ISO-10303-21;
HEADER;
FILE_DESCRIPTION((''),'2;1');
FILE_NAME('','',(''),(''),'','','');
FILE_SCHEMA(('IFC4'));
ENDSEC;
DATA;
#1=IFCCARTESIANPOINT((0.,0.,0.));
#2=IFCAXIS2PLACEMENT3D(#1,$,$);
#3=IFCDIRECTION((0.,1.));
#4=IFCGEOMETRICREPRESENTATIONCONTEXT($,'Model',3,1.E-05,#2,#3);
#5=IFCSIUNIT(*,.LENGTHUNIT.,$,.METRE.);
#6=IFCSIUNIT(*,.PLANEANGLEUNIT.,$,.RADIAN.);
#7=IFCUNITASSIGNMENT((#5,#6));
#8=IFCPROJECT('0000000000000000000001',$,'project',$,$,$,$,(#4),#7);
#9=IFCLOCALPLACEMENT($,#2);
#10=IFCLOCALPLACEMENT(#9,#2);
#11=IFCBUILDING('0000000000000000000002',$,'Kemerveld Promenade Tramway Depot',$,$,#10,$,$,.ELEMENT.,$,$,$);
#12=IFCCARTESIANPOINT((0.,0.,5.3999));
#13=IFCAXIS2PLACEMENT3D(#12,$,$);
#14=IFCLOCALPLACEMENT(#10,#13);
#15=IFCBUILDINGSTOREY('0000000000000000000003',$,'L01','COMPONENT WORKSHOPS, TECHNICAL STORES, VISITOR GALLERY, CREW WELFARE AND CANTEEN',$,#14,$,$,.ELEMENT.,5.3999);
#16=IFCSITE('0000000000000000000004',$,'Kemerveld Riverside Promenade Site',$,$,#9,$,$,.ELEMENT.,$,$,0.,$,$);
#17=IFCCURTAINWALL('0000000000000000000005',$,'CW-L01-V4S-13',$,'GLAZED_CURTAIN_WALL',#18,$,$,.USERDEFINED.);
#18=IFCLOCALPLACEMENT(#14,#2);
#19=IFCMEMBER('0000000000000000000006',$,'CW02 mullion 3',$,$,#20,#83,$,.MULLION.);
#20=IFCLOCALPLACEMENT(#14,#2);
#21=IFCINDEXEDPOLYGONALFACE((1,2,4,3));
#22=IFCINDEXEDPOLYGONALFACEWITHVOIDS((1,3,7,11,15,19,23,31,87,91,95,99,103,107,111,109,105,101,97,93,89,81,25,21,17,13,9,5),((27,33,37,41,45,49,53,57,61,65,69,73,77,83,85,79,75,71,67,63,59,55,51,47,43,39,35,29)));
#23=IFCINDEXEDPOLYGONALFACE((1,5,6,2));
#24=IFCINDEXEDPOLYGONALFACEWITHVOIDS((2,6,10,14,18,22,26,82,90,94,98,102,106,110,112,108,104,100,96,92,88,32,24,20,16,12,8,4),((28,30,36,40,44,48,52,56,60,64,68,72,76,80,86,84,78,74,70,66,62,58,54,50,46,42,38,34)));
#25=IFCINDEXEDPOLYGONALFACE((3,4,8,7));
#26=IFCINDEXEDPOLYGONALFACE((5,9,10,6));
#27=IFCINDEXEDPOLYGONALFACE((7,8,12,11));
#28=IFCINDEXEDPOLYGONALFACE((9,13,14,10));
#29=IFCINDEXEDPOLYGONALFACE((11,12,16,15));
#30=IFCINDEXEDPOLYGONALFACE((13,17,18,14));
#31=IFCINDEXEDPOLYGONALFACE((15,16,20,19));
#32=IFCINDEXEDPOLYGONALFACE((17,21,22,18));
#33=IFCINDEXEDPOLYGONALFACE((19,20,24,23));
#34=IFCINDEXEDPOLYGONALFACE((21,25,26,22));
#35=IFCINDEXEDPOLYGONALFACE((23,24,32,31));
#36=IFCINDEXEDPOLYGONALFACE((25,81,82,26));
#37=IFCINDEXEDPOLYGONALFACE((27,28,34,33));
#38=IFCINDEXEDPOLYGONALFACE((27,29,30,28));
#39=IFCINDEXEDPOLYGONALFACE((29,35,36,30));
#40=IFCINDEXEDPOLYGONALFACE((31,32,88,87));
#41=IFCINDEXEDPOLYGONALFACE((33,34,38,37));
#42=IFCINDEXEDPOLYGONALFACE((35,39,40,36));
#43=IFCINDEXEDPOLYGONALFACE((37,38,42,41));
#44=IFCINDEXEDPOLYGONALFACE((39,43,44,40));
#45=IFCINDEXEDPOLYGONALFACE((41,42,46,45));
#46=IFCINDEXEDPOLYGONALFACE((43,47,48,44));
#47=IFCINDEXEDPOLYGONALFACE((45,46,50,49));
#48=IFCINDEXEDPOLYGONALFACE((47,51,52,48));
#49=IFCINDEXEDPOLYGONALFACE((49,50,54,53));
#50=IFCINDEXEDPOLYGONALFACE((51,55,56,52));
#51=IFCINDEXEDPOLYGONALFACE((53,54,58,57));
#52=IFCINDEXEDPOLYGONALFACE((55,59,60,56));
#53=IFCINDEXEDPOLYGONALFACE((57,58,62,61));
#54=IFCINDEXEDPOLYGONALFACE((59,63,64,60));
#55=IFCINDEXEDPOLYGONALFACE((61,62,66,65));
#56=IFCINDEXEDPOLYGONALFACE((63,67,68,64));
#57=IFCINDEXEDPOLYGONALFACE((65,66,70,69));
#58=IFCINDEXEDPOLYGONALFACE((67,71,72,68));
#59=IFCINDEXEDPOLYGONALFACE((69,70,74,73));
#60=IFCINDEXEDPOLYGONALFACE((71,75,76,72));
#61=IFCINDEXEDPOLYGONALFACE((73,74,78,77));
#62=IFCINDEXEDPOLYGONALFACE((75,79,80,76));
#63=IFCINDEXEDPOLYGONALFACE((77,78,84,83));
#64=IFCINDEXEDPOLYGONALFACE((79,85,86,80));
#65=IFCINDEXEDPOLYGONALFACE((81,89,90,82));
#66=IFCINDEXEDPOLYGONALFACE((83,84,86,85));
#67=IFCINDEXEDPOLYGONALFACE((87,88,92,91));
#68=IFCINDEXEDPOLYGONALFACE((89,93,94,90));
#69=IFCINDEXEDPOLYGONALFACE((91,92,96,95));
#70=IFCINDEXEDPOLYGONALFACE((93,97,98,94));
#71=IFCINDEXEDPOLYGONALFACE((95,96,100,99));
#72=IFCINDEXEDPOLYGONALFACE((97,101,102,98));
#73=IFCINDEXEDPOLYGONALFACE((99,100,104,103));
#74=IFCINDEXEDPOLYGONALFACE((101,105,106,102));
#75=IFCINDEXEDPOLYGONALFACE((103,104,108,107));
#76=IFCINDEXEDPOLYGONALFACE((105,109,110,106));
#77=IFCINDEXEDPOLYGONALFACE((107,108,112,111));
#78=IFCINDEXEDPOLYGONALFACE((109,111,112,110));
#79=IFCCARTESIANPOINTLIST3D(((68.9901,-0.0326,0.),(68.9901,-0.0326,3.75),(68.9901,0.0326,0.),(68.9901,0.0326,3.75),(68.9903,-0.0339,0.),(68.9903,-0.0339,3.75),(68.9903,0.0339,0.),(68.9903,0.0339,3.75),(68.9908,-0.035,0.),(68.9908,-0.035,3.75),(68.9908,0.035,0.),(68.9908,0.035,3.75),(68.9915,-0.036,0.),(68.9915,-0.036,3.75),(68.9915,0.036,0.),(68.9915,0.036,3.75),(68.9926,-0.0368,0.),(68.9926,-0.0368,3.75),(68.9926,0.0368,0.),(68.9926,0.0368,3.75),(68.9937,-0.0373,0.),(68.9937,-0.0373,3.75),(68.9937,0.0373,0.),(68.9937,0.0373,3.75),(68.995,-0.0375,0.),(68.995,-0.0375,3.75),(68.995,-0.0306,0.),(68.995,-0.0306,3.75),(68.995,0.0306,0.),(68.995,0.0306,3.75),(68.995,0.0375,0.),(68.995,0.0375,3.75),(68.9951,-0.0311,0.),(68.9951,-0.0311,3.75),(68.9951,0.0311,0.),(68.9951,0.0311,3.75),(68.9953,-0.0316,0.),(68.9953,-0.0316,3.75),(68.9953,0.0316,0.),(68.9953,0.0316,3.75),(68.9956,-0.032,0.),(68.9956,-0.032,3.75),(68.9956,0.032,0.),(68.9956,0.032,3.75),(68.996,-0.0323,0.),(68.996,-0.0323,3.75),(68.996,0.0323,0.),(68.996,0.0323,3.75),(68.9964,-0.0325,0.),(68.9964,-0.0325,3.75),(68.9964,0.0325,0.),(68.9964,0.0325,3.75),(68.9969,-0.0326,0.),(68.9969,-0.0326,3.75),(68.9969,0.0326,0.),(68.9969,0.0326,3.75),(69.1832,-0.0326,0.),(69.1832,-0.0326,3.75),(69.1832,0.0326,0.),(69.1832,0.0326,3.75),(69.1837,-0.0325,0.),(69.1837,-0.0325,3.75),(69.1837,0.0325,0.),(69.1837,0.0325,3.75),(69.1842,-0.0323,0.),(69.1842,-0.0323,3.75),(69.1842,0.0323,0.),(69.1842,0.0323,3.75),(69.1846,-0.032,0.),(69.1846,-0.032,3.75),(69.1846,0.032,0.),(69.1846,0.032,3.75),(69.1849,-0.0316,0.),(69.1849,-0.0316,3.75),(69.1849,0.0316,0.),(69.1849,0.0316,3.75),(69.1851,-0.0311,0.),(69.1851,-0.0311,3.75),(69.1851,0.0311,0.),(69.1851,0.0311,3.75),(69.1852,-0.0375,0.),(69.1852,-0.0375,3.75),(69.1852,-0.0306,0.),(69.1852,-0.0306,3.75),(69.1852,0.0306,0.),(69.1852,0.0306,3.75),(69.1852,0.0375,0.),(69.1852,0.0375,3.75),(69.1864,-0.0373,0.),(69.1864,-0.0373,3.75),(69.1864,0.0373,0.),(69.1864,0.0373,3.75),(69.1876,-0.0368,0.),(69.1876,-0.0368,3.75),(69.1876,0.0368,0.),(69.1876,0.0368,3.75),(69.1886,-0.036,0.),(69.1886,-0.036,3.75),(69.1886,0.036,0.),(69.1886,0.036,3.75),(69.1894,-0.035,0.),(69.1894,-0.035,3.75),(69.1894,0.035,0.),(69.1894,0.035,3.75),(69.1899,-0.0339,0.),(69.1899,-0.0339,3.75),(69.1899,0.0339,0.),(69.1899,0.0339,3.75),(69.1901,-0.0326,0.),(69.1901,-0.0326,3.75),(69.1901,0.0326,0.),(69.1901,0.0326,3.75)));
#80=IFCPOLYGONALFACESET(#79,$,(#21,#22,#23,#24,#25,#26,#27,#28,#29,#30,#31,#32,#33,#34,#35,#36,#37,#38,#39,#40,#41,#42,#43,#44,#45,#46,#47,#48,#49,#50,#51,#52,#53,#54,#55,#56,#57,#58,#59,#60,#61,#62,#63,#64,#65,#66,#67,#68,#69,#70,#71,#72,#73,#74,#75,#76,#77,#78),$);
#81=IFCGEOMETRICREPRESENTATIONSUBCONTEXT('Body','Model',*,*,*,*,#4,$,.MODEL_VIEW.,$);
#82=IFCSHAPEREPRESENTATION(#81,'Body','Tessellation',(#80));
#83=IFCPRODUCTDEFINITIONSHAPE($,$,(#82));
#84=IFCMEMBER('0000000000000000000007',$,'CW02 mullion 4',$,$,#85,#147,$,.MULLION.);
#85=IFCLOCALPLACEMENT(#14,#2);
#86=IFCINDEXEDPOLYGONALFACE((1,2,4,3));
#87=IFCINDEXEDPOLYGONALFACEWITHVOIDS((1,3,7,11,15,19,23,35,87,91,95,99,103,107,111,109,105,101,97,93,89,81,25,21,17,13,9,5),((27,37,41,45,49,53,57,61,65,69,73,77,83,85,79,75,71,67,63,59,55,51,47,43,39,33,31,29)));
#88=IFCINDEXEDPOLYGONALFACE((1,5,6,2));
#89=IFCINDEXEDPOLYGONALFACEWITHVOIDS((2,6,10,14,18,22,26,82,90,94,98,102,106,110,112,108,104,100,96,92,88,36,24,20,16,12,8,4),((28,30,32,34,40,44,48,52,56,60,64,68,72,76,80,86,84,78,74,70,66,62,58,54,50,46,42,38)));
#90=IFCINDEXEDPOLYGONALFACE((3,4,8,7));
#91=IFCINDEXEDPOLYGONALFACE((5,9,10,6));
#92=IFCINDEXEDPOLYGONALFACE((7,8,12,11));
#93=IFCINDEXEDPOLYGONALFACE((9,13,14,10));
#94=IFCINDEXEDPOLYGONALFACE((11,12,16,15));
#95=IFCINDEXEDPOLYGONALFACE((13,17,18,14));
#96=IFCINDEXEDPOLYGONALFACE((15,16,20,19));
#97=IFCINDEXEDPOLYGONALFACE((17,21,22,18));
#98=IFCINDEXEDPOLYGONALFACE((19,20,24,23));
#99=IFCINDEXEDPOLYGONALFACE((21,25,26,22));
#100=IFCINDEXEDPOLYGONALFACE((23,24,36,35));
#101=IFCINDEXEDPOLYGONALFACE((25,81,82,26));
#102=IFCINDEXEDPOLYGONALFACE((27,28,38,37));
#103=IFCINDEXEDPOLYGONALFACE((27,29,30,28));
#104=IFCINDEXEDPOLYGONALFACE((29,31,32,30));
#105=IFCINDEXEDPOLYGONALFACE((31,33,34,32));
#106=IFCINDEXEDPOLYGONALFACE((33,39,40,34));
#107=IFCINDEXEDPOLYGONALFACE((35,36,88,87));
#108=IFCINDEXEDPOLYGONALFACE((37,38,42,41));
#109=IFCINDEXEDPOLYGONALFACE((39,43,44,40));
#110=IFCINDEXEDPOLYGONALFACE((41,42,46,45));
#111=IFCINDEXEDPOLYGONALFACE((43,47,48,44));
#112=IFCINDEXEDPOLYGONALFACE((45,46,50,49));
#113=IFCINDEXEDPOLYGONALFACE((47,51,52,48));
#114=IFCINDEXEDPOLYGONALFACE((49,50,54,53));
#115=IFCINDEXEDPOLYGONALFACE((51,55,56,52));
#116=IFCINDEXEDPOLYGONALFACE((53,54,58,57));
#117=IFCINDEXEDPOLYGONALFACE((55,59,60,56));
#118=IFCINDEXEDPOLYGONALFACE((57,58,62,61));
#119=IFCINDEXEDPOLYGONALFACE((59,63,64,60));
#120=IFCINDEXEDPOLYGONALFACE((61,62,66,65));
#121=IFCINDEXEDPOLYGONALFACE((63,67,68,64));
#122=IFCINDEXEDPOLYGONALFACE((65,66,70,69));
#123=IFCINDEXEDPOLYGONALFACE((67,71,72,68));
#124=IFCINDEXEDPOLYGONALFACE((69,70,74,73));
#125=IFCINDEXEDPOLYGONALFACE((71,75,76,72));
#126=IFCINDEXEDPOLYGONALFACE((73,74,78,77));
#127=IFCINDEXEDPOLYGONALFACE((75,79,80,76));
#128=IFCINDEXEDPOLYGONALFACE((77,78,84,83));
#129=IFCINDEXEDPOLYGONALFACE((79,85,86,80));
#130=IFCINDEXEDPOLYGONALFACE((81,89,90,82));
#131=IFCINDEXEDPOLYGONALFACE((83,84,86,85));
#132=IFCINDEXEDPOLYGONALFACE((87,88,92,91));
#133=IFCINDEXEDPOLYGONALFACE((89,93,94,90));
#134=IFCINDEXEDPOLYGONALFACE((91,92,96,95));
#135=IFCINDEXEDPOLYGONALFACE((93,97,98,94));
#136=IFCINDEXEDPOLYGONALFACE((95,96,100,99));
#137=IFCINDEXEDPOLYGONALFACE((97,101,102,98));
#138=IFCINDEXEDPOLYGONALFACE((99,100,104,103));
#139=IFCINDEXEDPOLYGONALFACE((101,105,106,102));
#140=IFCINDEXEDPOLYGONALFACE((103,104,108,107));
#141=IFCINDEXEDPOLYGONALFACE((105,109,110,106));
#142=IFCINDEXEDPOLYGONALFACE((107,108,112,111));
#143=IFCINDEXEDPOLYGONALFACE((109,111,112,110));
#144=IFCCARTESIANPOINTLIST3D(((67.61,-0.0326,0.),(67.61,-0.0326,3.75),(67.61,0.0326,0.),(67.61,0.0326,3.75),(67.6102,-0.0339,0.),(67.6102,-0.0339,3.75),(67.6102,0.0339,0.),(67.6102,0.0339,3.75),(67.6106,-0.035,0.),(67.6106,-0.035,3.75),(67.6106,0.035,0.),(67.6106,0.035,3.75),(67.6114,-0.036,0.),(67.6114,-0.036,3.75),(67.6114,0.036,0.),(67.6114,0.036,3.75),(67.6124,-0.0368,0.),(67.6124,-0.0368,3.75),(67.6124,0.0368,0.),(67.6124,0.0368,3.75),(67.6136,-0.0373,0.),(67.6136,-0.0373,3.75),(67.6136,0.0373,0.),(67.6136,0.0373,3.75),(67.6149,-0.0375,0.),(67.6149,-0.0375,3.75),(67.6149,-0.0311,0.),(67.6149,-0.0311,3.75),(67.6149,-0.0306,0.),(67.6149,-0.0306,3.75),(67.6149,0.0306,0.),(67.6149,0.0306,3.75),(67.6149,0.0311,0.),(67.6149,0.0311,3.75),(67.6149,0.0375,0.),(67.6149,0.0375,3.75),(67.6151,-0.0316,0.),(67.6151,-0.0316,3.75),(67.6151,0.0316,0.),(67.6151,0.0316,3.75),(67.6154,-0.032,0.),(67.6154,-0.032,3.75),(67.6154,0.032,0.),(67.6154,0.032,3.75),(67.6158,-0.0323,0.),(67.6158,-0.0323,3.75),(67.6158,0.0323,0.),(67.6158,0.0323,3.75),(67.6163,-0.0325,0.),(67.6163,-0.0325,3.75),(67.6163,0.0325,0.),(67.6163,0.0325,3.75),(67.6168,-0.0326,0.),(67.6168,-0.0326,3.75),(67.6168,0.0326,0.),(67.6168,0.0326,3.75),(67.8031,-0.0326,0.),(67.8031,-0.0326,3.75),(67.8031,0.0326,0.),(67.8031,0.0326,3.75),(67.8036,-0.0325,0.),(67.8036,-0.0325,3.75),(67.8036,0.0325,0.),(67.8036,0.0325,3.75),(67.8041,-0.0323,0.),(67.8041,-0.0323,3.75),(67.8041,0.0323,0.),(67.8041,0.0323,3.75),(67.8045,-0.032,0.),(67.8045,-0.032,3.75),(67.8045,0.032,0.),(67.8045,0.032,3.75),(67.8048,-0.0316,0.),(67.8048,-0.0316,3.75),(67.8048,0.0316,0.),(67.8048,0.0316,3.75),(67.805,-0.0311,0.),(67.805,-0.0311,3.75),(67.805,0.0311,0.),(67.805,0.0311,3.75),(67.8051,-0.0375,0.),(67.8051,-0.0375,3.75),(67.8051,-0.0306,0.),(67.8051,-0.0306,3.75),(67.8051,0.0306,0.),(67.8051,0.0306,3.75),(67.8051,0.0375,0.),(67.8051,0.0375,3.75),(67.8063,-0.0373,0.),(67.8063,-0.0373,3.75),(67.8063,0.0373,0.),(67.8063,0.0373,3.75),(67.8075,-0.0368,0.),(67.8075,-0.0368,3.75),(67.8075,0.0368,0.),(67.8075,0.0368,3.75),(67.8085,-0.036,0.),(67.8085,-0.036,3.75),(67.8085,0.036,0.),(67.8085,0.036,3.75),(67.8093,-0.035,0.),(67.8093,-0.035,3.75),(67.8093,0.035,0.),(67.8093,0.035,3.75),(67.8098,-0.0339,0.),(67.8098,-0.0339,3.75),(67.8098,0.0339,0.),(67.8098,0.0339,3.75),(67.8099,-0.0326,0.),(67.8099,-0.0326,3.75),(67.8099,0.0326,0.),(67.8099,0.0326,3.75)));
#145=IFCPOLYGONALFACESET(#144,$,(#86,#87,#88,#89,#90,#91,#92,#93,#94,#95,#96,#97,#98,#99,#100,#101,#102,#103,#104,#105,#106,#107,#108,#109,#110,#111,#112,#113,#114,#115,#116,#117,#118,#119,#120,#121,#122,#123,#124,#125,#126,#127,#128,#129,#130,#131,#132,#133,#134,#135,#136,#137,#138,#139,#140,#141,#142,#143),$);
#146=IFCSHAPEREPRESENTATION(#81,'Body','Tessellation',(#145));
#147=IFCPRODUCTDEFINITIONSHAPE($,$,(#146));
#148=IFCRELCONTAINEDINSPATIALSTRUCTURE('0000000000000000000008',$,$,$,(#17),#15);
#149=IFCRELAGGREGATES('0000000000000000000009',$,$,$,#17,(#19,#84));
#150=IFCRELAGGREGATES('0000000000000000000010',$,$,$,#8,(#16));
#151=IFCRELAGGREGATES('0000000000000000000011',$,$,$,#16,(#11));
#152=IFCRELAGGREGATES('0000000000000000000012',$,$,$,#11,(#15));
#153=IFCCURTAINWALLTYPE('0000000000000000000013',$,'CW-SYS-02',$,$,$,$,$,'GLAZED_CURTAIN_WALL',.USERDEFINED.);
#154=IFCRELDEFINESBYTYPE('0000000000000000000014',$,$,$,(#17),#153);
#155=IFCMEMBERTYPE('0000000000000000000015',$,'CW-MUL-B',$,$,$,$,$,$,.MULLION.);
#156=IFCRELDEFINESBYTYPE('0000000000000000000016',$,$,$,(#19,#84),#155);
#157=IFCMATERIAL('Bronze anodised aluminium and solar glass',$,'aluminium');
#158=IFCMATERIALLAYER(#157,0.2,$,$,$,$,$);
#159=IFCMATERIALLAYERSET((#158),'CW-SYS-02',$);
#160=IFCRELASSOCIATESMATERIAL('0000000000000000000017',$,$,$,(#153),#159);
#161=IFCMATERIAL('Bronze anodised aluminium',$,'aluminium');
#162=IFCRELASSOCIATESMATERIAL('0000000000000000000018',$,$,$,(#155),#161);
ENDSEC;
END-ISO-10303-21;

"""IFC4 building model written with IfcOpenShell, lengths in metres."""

from ifc_helpers import new_model, si_unit, direction, frame, origin, origin_2d, place, context, subcontext, project, spatial, hollow_rectangle, extrude, material, layer, layer_set, material_profile, profile_set, type_object, element, aggregate, save


model = new_model("IFC4")

# Units and contexts
model_context = context("Model", 3, precision=1e-05, world=origin(), true_north=direction((0.0, 1.0)))
body_context = subcontext(model_context, "Body", "Model", "MODEL_VIEW")
ifc_project = project(units=[si_unit("LENGTHUNIT", "METRE"), si_unit("PLANEANGLEUNIT", "RADIAN")], contexts=[model_context])

# Site, building, storey
site_placement = place(None, origin())
site = spatial("IfcSite", under=ifc_project, at=site_placement, Name="Kemerveld Riverside Promenade Site", CompositionType="ELEMENT", RefElevation=0.0)
building_placement = place(site_placement, origin())
building = spatial("IfcBuilding", under=site, at=building_placement, Name="Kemerveld Promenade Tramway Depot", CompositionType="ELEMENT")
storey_placement = place(building_placement, frame((0.0, 0.0, 5.3999)))
storey = spatial("IfcBuildingStorey", under=building, at=storey_placement, Name="L01", Description="COMPONENT WORKSHOPS, TECHNICAL STORES, VISITOR GALLERY, CREW WELFARE AND CANTEEN", CompositionType="ELEMENT", Elevation=5.3999)

# Curtain wall, members
ifc_material_1 = material(Name="Bronze anodised aluminium and solar glass", Category="aluminium")
ifc_layer_1 = layer(ifc_material_1, 0.2)
ifc_layer_set_1 = layer_set([ifc_layer_1], Name="CW-SYS-02")
curtain_wall_type = type_object("IfcCurtainWallType", Name="CW-SYS-02", ElementType="GLAZED_CURTAIN_WALL", PredefinedType="USERDEFINED", material=ifc_layer_set_1)
curtain_wall_placement = place(storey_placement, origin())
curtain_wall = element("IfcCurtainWall", 1, at=curtain_wall_placement, inside=storey, type_object=curtain_wall_type, Name="CW-L01-V4S-13", ObjectType="GLAZED_CURTAIN_WALL", PredefinedType="USERDEFINED")
ifc_material_2 = material(Name="Bronze anodised aluminium", Category="aluminium")
ifc_material_profile_1 = material_profile(ifc_material_2, hollow_rectangle(XDim=0.075, YDim=0.2, WallThickness=0.0049, InnerFilletRadius=0.002, OuterFilletRadius=0.0049, at=origin_2d()), Name="CW-MUL-200x75")
ifc_profile_set_1 = profile_set([ifc_material_profile_1], Name="Bronze anodised aluminium")
member_type_1 = type_object("IfcMemberType", Name="CW-MUL-B", PredefinedType="MULLION", material=ifc_profile_set_1)
member_1_placement = place(storey_placement, frame((69.0901, 0.0, 0.0), z_axis=(0.0, 0.0, 1.0), x_axis=(0.0, -1.0, 0.0)))
member_1 = element("IfcMember", 2, at=member_1_placement, type_object=member_type_1, Name="CW02 mullion 3", PredefinedType="MULLION", context=body_context, shape_type="SweptSolid", body=[
    extrude(hollow_rectangle(XDim=0.075, YDim=0.2, WallThickness=0.0049, InnerFilletRadius=0.002, OuterFilletRadius=0.0049, at=origin_2d()), origin(), (0.0, 0.0, 1.0), 3.75),
])
member_2_placement = place(storey_placement, frame((67.71, 0.0, 0.0), z_axis=(0.0, 0.0, 1.0), x_axis=(0.0, -1.0, 0.0)))
member_2 = element("IfcMember", 3, at=member_2_placement, type_object=member_type_1, Name="CW02 mullion 4", PredefinedType="MULLION", context=body_context, shape_type="SweptSolid", body=[
    extrude(hollow_rectangle(XDim=0.075, YDim=0.2, WallThickness=0.0049, InnerFilletRadius=0.002, OuterFilletRadius=0.0049, at=origin_2d()), origin(), (0.0, 0.0, 1.0), 3.75),
])
aggregate(curtain_wall, [member_1, member_2])

save(model, "model.ifc")
